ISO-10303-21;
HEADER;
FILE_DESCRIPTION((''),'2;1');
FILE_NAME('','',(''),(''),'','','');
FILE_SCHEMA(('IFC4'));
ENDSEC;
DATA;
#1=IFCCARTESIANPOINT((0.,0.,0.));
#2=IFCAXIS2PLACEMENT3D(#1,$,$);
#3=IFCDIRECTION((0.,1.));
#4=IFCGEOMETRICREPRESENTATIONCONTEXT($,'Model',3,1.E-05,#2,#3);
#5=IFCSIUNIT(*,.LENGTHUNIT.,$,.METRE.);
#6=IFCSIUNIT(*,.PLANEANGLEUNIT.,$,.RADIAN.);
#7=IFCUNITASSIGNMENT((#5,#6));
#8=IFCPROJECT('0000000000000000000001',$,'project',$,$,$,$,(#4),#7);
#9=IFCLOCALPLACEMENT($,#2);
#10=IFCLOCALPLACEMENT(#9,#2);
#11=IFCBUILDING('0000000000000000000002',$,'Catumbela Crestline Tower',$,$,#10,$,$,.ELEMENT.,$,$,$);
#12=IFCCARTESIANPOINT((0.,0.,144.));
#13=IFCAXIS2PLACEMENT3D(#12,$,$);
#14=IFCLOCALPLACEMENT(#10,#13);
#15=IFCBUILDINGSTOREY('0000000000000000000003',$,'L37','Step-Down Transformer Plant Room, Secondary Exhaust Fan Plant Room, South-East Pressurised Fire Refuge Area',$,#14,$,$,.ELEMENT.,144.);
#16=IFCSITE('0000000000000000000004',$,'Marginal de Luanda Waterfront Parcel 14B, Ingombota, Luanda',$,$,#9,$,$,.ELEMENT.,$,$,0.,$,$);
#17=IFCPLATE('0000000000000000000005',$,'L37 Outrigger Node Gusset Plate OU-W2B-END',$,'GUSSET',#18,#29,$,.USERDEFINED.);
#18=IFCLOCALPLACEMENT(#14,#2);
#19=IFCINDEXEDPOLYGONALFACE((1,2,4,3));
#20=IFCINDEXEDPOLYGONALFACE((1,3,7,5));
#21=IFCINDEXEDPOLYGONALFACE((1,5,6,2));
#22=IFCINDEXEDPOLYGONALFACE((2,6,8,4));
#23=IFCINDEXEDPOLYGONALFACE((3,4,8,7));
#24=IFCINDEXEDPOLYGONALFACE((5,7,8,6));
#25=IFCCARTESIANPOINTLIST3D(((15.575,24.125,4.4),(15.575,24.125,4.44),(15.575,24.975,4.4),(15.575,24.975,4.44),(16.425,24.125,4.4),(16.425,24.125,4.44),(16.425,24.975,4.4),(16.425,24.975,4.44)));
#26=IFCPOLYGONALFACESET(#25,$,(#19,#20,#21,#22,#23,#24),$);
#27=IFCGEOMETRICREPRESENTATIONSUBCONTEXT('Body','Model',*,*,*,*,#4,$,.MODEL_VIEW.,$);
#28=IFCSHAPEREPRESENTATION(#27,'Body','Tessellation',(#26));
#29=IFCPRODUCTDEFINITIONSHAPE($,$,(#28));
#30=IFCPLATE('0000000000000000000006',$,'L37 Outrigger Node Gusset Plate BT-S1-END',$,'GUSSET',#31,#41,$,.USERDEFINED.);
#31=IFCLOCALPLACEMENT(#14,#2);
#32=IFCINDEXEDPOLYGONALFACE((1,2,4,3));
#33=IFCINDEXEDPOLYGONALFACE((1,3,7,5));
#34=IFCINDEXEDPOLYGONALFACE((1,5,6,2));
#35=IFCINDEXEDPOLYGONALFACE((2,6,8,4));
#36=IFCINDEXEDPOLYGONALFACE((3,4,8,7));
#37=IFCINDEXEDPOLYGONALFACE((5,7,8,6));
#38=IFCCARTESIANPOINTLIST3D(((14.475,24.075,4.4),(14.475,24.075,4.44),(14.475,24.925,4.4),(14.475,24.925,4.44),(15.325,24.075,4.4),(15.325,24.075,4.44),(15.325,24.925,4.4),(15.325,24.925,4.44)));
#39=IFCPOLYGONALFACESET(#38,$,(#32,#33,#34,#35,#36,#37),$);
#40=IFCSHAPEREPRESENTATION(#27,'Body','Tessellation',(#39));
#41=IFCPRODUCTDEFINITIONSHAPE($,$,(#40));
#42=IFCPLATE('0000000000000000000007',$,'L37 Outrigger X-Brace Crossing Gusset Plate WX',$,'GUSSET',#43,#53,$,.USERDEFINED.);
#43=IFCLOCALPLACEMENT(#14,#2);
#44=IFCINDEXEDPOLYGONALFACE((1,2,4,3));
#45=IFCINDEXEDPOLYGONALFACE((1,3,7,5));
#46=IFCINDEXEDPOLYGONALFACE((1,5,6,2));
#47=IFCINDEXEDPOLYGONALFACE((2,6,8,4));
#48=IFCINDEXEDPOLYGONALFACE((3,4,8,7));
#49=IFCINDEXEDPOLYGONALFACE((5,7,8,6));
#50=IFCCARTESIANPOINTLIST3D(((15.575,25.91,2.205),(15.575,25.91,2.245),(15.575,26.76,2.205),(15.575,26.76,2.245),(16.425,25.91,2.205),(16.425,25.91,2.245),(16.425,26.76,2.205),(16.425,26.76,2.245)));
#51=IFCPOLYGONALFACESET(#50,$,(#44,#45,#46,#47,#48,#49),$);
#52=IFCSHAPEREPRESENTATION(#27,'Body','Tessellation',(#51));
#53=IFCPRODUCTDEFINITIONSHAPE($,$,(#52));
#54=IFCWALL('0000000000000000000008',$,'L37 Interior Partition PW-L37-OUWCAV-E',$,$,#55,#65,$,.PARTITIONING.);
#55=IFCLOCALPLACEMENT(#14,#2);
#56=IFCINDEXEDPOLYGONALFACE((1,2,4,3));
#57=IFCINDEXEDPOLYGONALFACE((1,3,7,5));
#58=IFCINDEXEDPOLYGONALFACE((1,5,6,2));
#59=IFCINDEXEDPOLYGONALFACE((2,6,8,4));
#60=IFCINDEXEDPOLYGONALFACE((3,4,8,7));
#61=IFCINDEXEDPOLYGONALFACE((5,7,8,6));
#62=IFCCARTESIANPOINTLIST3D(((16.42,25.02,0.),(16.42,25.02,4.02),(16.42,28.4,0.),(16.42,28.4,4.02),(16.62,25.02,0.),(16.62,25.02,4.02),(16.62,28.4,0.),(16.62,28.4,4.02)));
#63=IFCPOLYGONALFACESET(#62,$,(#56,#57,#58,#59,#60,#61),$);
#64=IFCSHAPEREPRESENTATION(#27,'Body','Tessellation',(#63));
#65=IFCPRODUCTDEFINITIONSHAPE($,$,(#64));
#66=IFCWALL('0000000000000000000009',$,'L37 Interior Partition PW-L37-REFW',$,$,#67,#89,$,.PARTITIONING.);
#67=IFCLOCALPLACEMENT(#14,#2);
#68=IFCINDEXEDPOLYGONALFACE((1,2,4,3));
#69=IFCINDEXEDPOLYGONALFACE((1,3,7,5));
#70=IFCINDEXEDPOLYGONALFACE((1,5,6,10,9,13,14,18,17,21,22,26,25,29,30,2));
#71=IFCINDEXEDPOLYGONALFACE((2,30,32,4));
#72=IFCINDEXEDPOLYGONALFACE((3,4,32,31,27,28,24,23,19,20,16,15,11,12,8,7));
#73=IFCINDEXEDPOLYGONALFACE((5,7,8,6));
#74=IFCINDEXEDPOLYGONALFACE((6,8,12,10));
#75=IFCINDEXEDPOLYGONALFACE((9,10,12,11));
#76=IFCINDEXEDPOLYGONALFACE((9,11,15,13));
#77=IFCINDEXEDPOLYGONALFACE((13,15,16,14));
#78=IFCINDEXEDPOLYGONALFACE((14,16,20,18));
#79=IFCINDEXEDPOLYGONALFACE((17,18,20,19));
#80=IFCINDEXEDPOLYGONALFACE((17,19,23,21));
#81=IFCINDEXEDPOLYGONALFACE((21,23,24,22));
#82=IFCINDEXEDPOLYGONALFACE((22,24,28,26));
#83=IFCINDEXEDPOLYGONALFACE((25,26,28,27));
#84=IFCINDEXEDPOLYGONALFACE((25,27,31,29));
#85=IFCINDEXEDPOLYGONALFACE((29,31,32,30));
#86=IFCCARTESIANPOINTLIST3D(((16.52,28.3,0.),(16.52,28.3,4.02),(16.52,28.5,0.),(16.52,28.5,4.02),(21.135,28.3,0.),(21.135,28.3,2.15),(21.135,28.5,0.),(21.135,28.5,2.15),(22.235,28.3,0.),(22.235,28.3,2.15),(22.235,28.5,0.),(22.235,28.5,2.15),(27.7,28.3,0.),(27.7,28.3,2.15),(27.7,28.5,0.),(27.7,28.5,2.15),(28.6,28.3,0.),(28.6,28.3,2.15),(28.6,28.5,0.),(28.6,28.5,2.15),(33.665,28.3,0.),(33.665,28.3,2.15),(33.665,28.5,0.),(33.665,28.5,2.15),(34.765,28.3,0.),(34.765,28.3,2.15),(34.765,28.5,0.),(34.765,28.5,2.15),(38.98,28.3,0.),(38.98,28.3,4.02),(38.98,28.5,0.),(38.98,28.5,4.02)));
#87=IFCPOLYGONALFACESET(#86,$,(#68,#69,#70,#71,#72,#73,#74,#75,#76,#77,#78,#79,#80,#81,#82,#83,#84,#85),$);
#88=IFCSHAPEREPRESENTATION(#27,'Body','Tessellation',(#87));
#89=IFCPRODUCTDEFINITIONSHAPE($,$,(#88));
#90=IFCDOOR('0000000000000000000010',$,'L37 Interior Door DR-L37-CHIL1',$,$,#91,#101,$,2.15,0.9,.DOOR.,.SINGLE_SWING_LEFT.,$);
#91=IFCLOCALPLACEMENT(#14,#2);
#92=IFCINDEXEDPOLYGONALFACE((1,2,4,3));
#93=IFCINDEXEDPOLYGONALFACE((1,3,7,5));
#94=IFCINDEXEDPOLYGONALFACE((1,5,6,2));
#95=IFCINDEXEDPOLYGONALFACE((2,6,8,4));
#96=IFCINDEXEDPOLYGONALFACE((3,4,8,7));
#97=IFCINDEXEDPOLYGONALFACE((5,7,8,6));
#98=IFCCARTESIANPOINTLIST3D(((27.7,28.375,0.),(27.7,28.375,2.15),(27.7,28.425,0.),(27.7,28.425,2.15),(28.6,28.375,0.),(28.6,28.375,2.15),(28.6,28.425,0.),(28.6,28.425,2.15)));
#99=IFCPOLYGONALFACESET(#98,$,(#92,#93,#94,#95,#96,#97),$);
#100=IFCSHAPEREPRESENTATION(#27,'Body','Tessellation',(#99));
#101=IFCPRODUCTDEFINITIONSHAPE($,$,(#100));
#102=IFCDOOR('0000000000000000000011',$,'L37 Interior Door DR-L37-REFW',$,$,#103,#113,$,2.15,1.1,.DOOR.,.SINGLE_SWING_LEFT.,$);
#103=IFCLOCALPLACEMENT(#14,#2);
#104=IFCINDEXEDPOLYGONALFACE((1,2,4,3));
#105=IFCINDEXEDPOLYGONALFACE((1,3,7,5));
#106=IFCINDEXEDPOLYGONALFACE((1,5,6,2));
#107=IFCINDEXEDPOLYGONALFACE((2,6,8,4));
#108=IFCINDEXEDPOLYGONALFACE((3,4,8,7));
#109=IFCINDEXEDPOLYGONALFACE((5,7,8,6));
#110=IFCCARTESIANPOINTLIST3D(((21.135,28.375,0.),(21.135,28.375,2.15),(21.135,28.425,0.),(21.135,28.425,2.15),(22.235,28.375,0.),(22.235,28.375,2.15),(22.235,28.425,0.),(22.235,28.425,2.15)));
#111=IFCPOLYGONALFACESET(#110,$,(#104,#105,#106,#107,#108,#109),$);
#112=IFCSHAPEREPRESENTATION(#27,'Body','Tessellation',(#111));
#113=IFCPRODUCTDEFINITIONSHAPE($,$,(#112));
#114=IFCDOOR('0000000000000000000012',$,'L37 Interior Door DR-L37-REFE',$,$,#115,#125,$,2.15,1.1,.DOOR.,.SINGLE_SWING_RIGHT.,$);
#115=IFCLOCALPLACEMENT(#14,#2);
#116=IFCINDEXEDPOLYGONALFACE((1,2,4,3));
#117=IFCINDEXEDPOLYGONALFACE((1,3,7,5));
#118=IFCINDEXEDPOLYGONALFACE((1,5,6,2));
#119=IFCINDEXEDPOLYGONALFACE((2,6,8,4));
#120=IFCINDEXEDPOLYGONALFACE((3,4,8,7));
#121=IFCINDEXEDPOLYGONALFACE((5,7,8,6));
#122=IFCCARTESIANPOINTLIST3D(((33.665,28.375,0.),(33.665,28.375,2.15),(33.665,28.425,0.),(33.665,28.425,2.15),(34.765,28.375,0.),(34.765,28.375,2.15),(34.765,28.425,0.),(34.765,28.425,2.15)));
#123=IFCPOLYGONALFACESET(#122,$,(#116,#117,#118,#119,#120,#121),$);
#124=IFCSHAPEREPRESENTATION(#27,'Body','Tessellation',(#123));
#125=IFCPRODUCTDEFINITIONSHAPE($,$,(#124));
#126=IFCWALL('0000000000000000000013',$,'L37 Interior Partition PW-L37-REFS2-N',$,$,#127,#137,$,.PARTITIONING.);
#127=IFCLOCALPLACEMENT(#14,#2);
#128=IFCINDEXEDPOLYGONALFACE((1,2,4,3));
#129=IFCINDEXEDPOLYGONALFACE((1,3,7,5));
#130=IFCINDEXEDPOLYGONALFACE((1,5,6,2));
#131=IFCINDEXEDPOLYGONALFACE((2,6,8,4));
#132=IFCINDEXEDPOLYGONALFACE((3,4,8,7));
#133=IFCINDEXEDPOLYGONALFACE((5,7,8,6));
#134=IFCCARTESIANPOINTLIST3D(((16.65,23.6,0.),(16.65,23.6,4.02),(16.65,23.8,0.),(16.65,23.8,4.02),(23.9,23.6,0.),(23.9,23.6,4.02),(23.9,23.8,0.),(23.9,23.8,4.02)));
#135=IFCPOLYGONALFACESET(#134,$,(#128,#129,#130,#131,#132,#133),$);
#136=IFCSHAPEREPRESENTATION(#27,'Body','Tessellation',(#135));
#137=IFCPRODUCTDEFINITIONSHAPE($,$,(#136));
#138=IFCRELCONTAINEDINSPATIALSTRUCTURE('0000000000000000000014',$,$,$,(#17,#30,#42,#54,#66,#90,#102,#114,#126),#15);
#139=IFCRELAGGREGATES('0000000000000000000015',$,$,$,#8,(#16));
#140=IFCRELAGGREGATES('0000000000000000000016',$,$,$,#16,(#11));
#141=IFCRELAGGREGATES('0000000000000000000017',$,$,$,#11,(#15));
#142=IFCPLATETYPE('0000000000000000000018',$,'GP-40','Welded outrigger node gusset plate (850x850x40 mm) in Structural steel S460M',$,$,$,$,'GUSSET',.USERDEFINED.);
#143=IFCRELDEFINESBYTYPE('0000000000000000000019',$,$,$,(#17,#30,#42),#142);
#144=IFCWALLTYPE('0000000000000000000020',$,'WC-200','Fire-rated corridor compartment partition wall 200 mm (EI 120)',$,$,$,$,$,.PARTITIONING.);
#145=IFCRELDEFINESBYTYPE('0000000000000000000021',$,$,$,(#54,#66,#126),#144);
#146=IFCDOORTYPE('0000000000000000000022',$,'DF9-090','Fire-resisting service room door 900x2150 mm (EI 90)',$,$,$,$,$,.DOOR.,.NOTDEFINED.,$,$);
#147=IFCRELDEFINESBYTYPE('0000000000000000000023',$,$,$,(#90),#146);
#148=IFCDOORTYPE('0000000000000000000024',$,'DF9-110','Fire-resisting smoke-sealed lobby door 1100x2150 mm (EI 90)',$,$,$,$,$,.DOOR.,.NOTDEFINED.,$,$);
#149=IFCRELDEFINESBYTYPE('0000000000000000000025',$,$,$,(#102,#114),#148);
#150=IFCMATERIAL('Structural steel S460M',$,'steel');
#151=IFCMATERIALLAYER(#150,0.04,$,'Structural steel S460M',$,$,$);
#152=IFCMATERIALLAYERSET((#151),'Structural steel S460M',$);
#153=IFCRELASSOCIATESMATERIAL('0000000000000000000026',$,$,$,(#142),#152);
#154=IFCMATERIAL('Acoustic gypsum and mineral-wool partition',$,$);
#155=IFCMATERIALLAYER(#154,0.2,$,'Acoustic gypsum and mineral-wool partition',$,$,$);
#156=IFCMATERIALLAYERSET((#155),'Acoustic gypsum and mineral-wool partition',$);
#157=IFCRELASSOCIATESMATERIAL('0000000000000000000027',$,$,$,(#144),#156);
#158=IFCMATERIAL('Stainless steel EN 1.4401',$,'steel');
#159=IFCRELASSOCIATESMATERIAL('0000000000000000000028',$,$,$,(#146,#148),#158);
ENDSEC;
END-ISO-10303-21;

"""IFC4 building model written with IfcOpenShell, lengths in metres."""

from ifc_helpers import new_model, si_unit, direction, frame, frame_2d, origin, origin_2d, place, context, subcontext, project, spatial, rectangle, extrude, material, layer, layer_set, type_object, element, fill, save


model = new_model("IFC4")

# Units and contexts
model_context = context("Model", 3, precision=1e-05, world=origin(), true_north=direction((0.0, 1.0)))
body_context = subcontext(model_context, "Body", "Model", "MODEL_VIEW")
ifc_project = project(units=[si_unit("LENGTHUNIT", "METRE"), si_unit("PLANEANGLEUNIT", "RADIAN")], contexts=[model_context])

# Site, building, storey
site_placement = place(None, origin())
site = spatial("IfcSite", under=ifc_project, at=site_placement, Name="Marginal de Luanda Waterfront Parcel 14B, Ingombota, Luanda", CompositionType="ELEMENT", RefElevation=0.0)
building_placement = place(site_placement, origin())
building = spatial("IfcBuilding", under=site, at=building_placement, Name="Catumbela Crestline Tower", CompositionType="ELEMENT")
storey_placement = place(building_placement, frame((0.0, 0.0, 144.0)))
storey = spatial("IfcBuildingStorey", under=building, at=storey_placement, Name="L37", Description="Step-Down Transformer Plant Room, Secondary Exhaust Fan Plant Room, South-East Pressurised Fire Refuge Area", CompositionType="ELEMENT", Elevation=144.0)

# Shared definitions
ifc_material_1 = material(Name="Structural steel S460M", Category="steel")

# Plates
ifc_layer_1 = layer(ifc_material_1, 0.04, Name="Structural steel S460M")
ifc_layer_set_1 = layer_set([ifc_layer_1], Name="Structural steel S460M")
plate_type = type_object("IfcPlateType", Name="GP-40", Description="Welded outrigger node gusset plate (850x850x40 mm) in Structural steel S460M", ElementType="GUSSET", PredefinedType="USERDEFINED", material=ifc_layer_set_1)
for number, where, z_axis, x_axis, name in (
    (1, (16.0, 24.55, 4.4), (0.0, 0.0, 1.0), (1.0, 0.0, 0.0), "L37 Outrigger Node Gusset Plate OU-W2B-END"),
    (2, (14.9, 24.5, 4.4), (0.0, 0.0, 1.0), (1.0, 0.0, 0.0), "L37 Outrigger Node Gusset Plate BT-S1-END"),
    (3, (16.0, 26.335, 2.205), (0.0, 0.0, 1.0), (1.0, 0.0, 0.0), "L37 Outrigger X-Brace Crossing Gusset Plate WX"),
):
    element("IfcPlate", number, at=place(storey_placement, frame(where, z_axis=z_axis, x_axis=x_axis)), inside=storey, type_object=plate_type, Name=name, ObjectType="GUSSET", PredefinedType="USERDEFINED", context=body_context, shape_type="SweptSolid", body=[
        extrude(rectangle(XDim=0.85, YDim=0.85, at=origin_2d()), origin(), (0.0, 0.0, 1.0), 0.04),
    ])

# Wall
ifc_material_2 = material(Name="Acoustic gypsum and mineral-wool partition")
ifc_layer_2 = layer(ifc_material_2, 0.2, Name="Acoustic gypsum and mineral-wool partition")
ifc_layer_set_2 = layer_set([ifc_layer_2], Name="Acoustic gypsum and mineral-wool partition")
wall_type = type_object("IfcWallType", Name="WC-200", Description="Fire-rated corridor compartment partition wall 200 mm (EI 120)", PredefinedType="PARTITIONING", material=ifc_layer_set_2)
wall_1_placement = place(storey_placement, frame((16.52, 25.02, 0.0), z_axis=(0.0, 0.0, 1.0), x_axis=(0.0, 1.0, 0.0)))
element("IfcWall", 4, at=wall_1_placement, inside=storey, type_object=wall_type, Name="L37 Interior Partition PW-L37-OUWCAV-E", PredefinedType="PARTITIONING", context=body_context, shape_type="SweptSolid", body=[
    extrude(rectangle(XDim=3.38, YDim=0.2, at=frame_2d((1.69, 0.0))), origin(), (0.0, 0.0, 1.0), 4.02),
])

# Wall, openings, doors
wall_2_placement = place(storey_placement, frame((16.52, 28.4, 0.0), z_axis=(0.0, 0.0, 1.0), x_axis=(1.0, 0.0, 0.0)))
wall_2 = element("IfcWall", 5, at=wall_2_placement, inside=storey, type_object=wall_type, Name="L37 Interior Partition PW-L37-REFW", PredefinedType="PARTITIONING", context=body_context, shape_type="SweptSolid", body=[
    extrude(rectangle(XDim=22.46, YDim=0.2, at=frame_2d((11.23, 0.0))), origin(), (0.0, 0.0, 1.0), 4.02),
])
opening_1_placement = place(wall_2_placement, frame((4.615, 0.0, 0.0)))
opening_1 = element("IfcOpeningElement", 6, at=opening_1_placement, cuts=wall_2, PredefinedType="OPENING", context=body_context, shape_type="SweptSolid", body=[
    extrude(rectangle(XDim=1.1, YDim=2.15, at=frame_2d((0.55, 1.075))), frame((0.0, 0.11, 0.0), z_axis=(0.0, -1.0, 0.0), x_axis=(1.0, 0.0, 0.0)), (0.0, 0.0, 1.0), 0.22),
])
opening_2_placement = place(wall_2_placement, frame((11.18, 0.0, 0.0)))
opening_2 = element("IfcOpeningElement", 7, at=opening_2_placement, cuts=wall_2, PredefinedType="OPENING", context=body_context, shape_type="SweptSolid", body=[
    extrude(rectangle(XDim=0.9, YDim=2.15, at=frame_2d((0.45, 1.075))), frame((0.0, 0.11, 0.0), z_axis=(0.0, -1.0, 0.0), x_axis=(1.0, 0.0, 0.0)), (0.0, 0.0, 1.0), 0.22),
])
opening_3_placement = place(wall_2_placement, frame((17.145, 0.0, 0.0)))
opening_3 = element("IfcOpeningElement", 8, at=opening_3_placement, cuts=wall_2, PredefinedType="OPENING", context=body_context, shape_type="SweptSolid", body=[
    extrude(rectangle(XDim=1.1, YDim=2.15, at=frame_2d((0.55, 1.075))), frame((0.0, 0.11, 0.0), z_axis=(0.0, -1.0, 0.0), x_axis=(1.0, 0.0, 0.0)), (0.0, 0.0, 1.0), 0.22),
])
ifc_material_3 = material(Name="Stainless steel EN 1.4401", Category="steel")
door_type_1 = type_object("IfcDoorType", Name="DF9-090", Description="Fire-resisting service room door 900x2150 mm (EI 90)", OperationType="NOTDEFINED", PredefinedType="DOOR", material=ifc_material_3)
door_1_placement = place(opening_2_placement, origin())
door_1 = element("IfcDoor", 9, at=door_1_placement, inside=storey, type_object=door_type_1, Name="L37 Interior Door DR-L37-CHIL1", OperationType="SINGLE_SWING_LEFT", OverallHeight=2.15, OverallWidth=0.9, PredefinedType="DOOR", context=body_context, shape_type="SweptSolid", body=[
    extrude(rectangle(XDim=0.9, YDim=2.15, at=frame_2d((0.45, 1.075))), frame((0.0, 0.025, 0.0), z_axis=(0.0, -1.0, 0.0), x_axis=(1.0, 0.0, 0.0)), (0.0, 0.0, 1.0), 0.05),
])
fill(opening_2, door_1)
door_type_2 = type_object("IfcDoorType", Name="DF9-110", Description="Fire-resisting smoke-sealed lobby door 1100x2150 mm (EI 90)", OperationType="NOTDEFINED", PredefinedType="DOOR", material=ifc_material_3)
door_2_placement = place(opening_1_placement, origin())
door_2 = element("IfcDoor", 10, at=door_2_placement, inside=storey, type_object=door_type_2, Name="L37 Interior Door DR-L37-REFW", OperationType="SINGLE_SWING_LEFT", OverallHeight=2.15, OverallWidth=1.1, PredefinedType="DOOR", context=body_context, shape_type="SweptSolid", body=[
    extrude(rectangle(XDim=1.1, YDim=2.15, at=frame_2d((0.55, 1.075))), frame((0.0, 0.025, 0.0), z_axis=(0.0, -1.0, 0.0), x_axis=(1.0, 0.0, 0.0)), (0.0, 0.0, 1.0), 0.05),
])
fill(opening_1, door_2)
door_3_placement = place(opening_3_placement, origin())
door_3 = element("IfcDoor", 11, at=door_3_placement, inside=storey, type_object=door_type_2, Name="L37 Interior Door DR-L37-REFE", OperationType="SINGLE_SWING_RIGHT", OverallHeight=2.15, OverallWidth=1.1, PredefinedType="DOOR", context=body_context, shape_type="SweptSolid", body=[
    extrude(rectangle(XDim=1.1, YDim=2.15, at=frame_2d((0.55, 1.075))), frame((0.0, 0.025, 0.0), z_axis=(0.0, -1.0, 0.0), x_axis=(1.0, 0.0, 0.0)), (0.0, 0.0, 1.0), 0.05),
])
fill(opening_3, door_3)

# Wall
wall_3_placement = place(storey_placement, frame((16.65, 23.7, 0.0), z_axis=(0.0, 0.0, 1.0), x_axis=(1.0, 0.0, 0.0)))
element("IfcWall", 12, at=wall_3_placement, inside=storey, type_object=wall_type, Name="L37 Interior Partition PW-L37-REFS2-N", PredefinedType="PARTITIONING", context=body_context, shape_type="SweptSolid", body=[
    extrude(rectangle(XDim=7.25, YDim=0.2, at=frame_2d((3.625, 0.0))), origin(), (0.0, 0.0, 1.0), 4.02),
])

save(model, "model.ifc")
